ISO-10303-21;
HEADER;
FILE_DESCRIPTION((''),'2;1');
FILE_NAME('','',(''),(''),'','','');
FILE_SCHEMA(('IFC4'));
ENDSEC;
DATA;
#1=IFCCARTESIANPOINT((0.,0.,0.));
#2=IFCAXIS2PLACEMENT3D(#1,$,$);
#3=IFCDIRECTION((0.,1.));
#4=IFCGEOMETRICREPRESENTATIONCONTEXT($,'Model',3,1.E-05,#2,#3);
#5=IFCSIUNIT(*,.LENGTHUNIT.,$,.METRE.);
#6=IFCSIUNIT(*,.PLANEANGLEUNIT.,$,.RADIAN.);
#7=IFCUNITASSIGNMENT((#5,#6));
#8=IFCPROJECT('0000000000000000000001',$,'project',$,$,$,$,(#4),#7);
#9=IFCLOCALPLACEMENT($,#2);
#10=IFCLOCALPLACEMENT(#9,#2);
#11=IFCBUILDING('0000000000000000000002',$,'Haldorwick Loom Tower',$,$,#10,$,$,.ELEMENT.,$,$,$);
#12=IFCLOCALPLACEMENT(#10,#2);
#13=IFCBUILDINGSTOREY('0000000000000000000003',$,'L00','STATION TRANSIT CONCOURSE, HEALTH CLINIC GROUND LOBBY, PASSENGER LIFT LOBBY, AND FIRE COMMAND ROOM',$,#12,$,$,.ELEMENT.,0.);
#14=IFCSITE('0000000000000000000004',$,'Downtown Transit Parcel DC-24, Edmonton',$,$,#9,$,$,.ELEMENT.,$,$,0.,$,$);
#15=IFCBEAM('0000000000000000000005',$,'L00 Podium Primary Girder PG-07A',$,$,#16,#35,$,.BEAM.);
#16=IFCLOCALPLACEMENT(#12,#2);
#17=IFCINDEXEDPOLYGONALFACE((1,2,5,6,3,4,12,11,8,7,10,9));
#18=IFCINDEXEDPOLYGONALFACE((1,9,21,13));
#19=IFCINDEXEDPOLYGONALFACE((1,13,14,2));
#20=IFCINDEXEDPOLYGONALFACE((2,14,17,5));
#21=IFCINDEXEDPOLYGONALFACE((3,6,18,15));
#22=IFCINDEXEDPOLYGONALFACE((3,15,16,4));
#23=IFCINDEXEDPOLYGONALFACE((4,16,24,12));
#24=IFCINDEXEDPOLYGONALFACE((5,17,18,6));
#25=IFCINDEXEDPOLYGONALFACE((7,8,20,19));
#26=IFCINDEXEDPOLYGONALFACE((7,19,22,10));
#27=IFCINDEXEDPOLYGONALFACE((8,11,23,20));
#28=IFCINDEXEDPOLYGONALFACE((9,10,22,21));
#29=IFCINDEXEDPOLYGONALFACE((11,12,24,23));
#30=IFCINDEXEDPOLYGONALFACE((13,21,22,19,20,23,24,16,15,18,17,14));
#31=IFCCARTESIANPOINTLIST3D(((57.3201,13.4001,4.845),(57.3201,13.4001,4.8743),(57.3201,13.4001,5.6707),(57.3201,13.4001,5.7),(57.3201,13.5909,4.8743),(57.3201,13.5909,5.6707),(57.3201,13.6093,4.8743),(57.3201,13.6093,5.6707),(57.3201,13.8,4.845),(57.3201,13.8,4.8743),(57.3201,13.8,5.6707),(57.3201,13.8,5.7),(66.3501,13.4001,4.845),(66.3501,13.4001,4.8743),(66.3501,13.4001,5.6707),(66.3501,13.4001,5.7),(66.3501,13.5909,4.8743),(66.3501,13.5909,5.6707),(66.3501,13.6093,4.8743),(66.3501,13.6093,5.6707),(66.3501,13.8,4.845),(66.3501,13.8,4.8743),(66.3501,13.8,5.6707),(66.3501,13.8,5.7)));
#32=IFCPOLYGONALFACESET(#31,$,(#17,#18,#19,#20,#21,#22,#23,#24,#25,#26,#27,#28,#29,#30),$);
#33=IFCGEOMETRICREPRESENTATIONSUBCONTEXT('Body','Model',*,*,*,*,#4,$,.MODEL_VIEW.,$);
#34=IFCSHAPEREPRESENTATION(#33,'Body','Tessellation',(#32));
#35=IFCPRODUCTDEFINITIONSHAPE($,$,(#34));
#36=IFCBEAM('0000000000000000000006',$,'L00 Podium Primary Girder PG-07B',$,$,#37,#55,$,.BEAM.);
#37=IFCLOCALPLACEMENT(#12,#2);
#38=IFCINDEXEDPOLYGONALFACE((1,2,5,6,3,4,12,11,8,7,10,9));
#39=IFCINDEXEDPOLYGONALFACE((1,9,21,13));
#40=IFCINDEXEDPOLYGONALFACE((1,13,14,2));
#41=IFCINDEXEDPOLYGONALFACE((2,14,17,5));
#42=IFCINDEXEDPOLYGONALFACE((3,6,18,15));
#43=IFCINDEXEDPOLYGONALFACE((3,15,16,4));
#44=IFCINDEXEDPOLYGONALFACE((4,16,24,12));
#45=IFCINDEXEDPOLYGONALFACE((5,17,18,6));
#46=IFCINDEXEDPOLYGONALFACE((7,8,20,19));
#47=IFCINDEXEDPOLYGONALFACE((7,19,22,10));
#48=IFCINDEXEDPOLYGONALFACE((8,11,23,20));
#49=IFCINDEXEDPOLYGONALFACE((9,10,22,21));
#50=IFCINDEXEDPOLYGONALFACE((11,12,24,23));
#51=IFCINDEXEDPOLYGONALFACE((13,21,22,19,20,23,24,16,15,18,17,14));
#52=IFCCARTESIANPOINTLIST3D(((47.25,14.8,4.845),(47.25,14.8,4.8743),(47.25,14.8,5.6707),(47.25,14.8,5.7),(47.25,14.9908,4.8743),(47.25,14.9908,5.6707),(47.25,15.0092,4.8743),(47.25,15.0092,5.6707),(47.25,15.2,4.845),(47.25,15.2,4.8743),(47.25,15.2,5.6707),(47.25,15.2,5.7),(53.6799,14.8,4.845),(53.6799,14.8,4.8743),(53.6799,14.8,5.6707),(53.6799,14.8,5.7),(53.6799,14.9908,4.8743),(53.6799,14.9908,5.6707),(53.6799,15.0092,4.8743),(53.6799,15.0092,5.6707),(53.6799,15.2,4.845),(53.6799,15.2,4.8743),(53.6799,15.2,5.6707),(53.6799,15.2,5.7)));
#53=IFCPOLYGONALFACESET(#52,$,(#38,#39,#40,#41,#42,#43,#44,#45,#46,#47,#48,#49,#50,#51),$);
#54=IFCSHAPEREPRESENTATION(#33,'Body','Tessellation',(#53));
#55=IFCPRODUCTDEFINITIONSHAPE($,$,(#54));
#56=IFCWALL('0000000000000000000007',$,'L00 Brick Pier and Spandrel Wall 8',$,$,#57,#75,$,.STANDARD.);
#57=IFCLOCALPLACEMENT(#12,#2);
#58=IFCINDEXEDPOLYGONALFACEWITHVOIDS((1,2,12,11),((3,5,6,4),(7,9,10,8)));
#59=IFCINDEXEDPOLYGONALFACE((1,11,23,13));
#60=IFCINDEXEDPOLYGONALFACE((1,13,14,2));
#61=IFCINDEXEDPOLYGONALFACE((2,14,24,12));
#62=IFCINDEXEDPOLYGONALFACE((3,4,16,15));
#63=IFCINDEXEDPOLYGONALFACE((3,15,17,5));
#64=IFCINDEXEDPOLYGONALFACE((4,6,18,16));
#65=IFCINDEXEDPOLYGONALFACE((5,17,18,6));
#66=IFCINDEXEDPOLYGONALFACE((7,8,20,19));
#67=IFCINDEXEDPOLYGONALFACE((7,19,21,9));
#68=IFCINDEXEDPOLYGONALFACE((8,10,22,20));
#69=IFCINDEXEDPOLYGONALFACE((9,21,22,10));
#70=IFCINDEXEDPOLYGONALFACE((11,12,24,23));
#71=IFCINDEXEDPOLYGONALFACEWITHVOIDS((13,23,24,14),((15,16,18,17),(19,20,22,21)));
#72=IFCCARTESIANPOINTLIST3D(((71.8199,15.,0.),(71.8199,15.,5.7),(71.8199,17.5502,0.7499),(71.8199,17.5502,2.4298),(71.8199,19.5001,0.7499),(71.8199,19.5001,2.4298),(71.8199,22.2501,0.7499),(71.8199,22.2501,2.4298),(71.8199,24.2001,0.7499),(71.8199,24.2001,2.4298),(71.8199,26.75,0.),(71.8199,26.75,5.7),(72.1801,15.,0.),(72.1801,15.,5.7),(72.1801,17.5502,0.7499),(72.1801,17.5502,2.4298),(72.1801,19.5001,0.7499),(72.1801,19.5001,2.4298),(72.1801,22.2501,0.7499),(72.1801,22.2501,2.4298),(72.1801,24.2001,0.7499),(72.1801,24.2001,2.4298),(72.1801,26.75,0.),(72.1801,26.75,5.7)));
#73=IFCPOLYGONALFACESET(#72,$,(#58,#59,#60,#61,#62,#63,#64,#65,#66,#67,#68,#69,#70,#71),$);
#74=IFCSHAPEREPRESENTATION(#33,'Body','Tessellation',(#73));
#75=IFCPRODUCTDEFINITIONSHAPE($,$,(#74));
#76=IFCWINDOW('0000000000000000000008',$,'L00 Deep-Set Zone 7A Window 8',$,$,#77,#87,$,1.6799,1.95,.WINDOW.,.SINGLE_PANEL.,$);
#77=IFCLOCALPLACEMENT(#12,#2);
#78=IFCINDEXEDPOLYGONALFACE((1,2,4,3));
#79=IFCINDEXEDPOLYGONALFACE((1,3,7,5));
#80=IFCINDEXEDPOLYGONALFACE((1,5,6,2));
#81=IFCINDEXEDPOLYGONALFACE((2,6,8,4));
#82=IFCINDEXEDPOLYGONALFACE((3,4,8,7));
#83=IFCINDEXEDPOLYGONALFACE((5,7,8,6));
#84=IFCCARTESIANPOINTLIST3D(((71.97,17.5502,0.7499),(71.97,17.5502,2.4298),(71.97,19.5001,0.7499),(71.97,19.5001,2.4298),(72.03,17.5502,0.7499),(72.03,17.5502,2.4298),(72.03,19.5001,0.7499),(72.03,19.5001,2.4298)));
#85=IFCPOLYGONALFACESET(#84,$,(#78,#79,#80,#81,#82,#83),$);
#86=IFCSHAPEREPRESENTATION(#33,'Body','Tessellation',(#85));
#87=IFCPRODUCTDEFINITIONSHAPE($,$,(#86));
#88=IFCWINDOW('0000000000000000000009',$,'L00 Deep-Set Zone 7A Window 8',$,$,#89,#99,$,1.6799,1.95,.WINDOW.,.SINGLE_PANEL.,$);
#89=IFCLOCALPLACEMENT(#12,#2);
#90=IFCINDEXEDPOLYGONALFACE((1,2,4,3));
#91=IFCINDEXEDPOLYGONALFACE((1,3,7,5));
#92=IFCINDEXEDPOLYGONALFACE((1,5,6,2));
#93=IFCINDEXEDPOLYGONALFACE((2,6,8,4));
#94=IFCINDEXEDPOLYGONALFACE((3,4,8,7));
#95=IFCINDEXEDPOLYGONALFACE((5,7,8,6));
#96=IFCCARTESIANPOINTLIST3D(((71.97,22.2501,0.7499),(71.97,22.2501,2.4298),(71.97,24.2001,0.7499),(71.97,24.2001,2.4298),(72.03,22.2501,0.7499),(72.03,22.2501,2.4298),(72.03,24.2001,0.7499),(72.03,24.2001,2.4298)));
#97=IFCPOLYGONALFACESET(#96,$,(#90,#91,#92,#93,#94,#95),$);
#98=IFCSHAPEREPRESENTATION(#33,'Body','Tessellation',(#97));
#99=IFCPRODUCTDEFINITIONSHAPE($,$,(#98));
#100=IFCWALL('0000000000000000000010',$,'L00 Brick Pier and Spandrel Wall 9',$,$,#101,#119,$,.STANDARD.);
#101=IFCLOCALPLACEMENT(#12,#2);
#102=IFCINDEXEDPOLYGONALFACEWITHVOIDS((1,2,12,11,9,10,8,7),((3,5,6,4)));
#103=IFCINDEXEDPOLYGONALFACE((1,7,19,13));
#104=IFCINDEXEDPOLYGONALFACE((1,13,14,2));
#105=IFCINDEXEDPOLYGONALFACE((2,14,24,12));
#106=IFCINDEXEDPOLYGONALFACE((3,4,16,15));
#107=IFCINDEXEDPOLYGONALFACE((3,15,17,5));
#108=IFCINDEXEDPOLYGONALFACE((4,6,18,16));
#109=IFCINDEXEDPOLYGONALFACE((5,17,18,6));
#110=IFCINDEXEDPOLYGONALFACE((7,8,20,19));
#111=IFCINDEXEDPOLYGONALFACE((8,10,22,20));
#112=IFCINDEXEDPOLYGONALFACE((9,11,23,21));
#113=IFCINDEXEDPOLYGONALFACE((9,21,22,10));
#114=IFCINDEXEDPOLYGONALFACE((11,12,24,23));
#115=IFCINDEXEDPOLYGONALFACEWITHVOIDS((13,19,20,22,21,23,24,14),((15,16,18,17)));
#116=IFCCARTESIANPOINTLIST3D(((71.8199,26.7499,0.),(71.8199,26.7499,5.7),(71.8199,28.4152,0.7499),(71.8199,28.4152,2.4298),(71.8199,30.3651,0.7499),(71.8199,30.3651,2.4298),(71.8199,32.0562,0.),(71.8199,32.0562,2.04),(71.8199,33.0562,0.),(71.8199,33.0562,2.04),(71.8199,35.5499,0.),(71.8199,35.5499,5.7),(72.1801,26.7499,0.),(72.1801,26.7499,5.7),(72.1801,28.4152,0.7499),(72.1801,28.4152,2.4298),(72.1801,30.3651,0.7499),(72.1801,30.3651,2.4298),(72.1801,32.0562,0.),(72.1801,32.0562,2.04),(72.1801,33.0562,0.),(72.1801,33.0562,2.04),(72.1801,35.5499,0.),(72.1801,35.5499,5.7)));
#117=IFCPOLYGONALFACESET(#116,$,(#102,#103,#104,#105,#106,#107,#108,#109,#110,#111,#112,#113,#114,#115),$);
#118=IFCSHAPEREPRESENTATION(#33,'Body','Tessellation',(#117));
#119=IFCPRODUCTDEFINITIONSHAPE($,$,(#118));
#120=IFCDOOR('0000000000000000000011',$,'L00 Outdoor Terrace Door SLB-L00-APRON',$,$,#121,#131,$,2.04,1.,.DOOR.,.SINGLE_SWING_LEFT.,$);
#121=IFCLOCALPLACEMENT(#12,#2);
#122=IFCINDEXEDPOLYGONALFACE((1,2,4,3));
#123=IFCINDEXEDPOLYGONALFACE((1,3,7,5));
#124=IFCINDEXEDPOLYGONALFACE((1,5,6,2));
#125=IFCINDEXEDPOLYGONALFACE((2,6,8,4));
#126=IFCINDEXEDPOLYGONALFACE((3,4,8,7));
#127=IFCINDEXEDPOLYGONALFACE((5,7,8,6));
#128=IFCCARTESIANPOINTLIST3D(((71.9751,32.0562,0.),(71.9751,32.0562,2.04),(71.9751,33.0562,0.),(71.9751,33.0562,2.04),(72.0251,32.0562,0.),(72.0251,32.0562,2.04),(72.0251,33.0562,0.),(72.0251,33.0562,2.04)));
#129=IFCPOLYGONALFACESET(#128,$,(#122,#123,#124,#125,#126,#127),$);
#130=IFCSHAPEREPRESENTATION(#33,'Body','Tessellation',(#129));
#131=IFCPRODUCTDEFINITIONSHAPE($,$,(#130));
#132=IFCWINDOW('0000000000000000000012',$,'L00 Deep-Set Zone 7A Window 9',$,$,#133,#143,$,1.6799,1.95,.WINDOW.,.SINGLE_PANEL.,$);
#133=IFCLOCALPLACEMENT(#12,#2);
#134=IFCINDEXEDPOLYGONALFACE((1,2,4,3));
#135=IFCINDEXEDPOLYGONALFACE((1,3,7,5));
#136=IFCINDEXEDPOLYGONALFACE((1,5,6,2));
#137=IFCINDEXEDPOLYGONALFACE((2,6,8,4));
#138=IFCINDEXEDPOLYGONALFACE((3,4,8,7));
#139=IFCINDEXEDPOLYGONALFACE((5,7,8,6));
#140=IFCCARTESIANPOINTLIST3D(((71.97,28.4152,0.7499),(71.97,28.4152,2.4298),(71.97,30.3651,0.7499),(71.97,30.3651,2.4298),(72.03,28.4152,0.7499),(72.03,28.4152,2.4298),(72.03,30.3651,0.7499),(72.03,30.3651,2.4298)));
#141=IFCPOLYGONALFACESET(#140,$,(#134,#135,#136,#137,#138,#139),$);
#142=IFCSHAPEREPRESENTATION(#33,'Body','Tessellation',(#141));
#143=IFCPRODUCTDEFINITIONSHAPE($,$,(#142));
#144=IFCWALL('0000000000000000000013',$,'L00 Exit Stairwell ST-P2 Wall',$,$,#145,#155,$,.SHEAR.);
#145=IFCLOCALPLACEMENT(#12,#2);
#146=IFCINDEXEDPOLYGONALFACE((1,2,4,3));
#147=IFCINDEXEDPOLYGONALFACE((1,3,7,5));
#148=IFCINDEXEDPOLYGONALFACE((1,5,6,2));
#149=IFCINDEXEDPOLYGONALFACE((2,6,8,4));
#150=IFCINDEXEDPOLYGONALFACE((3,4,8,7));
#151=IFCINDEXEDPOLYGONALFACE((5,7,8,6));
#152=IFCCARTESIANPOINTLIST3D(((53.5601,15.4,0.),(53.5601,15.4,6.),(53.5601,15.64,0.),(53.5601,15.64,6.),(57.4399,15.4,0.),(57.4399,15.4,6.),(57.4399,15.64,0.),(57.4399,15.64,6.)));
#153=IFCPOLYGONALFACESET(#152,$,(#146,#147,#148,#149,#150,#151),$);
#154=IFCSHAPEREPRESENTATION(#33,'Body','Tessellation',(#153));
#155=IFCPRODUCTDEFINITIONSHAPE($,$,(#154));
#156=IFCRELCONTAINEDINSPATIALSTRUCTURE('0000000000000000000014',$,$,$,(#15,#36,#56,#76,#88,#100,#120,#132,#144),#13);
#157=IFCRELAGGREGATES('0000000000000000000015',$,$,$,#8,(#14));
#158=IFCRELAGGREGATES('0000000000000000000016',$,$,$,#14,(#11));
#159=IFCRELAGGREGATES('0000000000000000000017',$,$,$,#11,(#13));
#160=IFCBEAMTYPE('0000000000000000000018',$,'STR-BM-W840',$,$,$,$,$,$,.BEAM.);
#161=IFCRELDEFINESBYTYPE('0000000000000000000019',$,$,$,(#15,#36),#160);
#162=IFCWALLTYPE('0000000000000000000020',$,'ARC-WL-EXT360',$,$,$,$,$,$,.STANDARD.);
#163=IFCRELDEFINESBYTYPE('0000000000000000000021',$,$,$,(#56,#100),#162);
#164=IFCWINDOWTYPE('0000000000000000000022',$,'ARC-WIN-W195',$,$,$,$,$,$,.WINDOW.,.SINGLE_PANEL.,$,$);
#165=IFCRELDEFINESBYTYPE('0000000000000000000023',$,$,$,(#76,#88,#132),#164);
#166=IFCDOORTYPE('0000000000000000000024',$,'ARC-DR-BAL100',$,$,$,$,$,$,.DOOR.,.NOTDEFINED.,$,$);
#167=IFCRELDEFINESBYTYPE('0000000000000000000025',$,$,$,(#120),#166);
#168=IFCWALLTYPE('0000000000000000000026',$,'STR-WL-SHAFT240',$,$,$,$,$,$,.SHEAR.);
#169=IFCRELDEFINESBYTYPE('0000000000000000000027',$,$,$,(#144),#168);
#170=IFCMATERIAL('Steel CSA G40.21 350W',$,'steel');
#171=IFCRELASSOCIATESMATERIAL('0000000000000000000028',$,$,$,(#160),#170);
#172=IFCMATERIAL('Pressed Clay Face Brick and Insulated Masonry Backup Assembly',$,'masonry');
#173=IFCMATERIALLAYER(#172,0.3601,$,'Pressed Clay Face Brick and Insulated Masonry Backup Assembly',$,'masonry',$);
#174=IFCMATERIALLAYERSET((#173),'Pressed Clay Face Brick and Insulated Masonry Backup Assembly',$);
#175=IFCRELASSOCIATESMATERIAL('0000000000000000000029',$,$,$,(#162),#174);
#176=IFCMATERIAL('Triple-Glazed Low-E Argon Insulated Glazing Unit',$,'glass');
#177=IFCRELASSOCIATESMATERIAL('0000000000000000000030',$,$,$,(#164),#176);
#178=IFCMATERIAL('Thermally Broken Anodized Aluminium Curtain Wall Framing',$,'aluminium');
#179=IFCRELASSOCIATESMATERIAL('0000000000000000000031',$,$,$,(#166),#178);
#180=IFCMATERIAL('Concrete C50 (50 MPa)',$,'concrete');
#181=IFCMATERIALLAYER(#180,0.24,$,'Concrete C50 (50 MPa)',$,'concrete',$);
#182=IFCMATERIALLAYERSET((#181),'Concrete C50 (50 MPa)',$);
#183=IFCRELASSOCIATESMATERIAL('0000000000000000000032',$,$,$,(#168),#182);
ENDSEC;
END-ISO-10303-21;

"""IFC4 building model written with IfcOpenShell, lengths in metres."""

from ifc_helpers import new_model, si_unit, direction, frame, frame_2d, origin, origin_2d, place, context, subcontext, project, spatial, rectangle, i_section, extrude, material, layer, layer_set, material_profile, profile_set, type_object, element, fill, save


model = new_model("IFC4")

# Units and contexts
model_context = context("Model", 3, precision=1e-05, world=origin(), true_north=direction((0.0, 1.0)))
body_context = subcontext(model_context, "Body", "Model", "MODEL_VIEW")
ifc_project = project(units=[si_unit("LENGTHUNIT", "METRE"), si_unit("PLANEANGLEUNIT", "RADIAN")], contexts=[model_context])

# Site, building, storey
site_placement = place(None, origin())
site = spatial("IfcSite", under=ifc_project, at=site_placement, Name="Downtown Transit Parcel DC-24, Edmonton", CompositionType="ELEMENT", RefElevation=0.0)
building_placement = place(site_placement, origin())
building = spatial("IfcBuilding", under=site, at=building_placement, Name="Haldorwick Loom Tower", CompositionType="ELEMENT")
storey_placement = place(building_placement, origin())
storey = spatial("IfcBuildingStorey", under=building, at=storey_placement, Name="L00", Description="STATION TRANSIT CONCOURSE, HEALTH CLINIC GROUND LOBBY, PASSENGER LIFT LOBBY, AND FIRE COMMAND ROOM", CompositionType="ELEMENT", Elevation=0.0)

# Shared definitions
ifc_material_1 = material(Name="Steel CSA G40.21 350W", Category="steel")

# Beams
ifc_material_profile_1 = material_profile(ifc_material_1, i_section(OverallWidth=0.3999, OverallDepth=0.855, WebThickness=0.0183, FlangeThickness=0.0293, at=origin_2d()), Name="W840X299", Category="steel")
ifc_profile_set_1 = profile_set([ifc_material_profile_1], Name="Steel CSA G40.21 350W")
beam_type_1 = type_object("IfcBeamType", Name="STR-BM-W840", PredefinedType="BEAM", material=ifc_profile_set_1)
beam_1_placement = place(storey_placement, frame((66.3501, 13.6001, 5.2725), z_axis=(-1.0, 0.0, 0.0), x_axis=(0.0, -1.0, 0.0)))
element("IfcBeam", 1, at=beam_1_placement, inside=storey, type_object=beam_type_1, Name="L00 Podium Primary Girder PG-07A", PredefinedType="BEAM", context=body_context, shape_type="SweptSolid", body=[
    extrude(i_section(OverallWidth=0.3999, OverallDepth=0.855, WebThickness=0.0183, FlangeThickness=0.0293, at=origin_2d()), origin(), (0.0, 0.0, 1.0), 9.03),
])
beam_2_placement = place(storey_placement, frame((53.6799, 15.0, 5.2725), z_axis=(-1.0, 0.0, 0.0), x_axis=(0.0, -1.0, 0.0)))
element("IfcBeam", 2, at=beam_2_placement, inside=storey, type_object=beam_type_1, Name="L00 Podium Primary Girder PG-07B", PredefinedType="BEAM", context=body_context, shape_type="SweptSolid", body=[
    extrude(i_section(OverallWidth=0.3999, OverallDepth=0.855, WebThickness=0.0183, FlangeThickness=0.0293, at=origin_2d()), origin(), (0.0, 0.0, 1.0), 6.4299),
])

# Wall, openings, windows
ifc_material_2 = material(Name="Pressed Clay Face Brick and Insulated Masonry Backup Assembly", Category="masonry")
ifc_layer_1 = layer(ifc_material_2, 0.3601, Name="Pressed Clay Face Brick and Insulated Masonry Backup Assembly", Category="masonry")
ifc_layer_set_1 = layer_set([ifc_layer_1], Name="Pressed Clay Face Brick and Insulated Masonry Backup Assembly")
wall_type_1 = type_object("IfcWallType", Name="ARC-WL-EXT360", PredefinedType="STANDARD", material=ifc_layer_set_1)
wall_1_placement = place(storey_placement, frame((72.0, 15.0, 0.0), z_axis=(0.0, 0.0, 1.0), x_axis=(0.0, 1.0, 0.0)))
wall_1 = element("IfcWall", 3, at=wall_1_placement, inside=storey, type_object=wall_type_1, Name="L00 Brick Pier and Spandrel Wall 8", PredefinedType="STANDARD", context=body_context, shape_type="SweptSolid", body=[
    extrude(rectangle(XDim=11.75, YDim=0.3601, at=frame_2d((5.875, 0.0))), origin(), (0.0, 0.0, 1.0), 5.7),
])
opening_1_placement = place(wall_1_placement, frame((2.55, 0.0, 0.75)))
opening_1 = element("IfcOpeningElement", 4, at=opening_1_placement, cuts=wall_1, PredefinedType="OPENING", context=body_context, shape_type="SweptSolid", body=[
    extrude(rectangle(XDim=1.95, YDim=1.6799, at=frame_2d((0.9751, 0.8398))), frame((0.0, 0.1899, 0.0), z_axis=(0.0, -1.0, 0.0), x_axis=(1.0, 0.0, 0.0)), (0.0, 0.0, 1.0), 0.3801),
])
opening_2_placement = place(wall_1_placement, frame((7.25, 0.0, 0.75)))
opening_2 = element("IfcOpeningElement", 5, at=opening_2_placement, cuts=wall_1, PredefinedType="OPENING", context=body_context, shape_type="SweptSolid", body=[
    extrude(rectangle(XDim=1.95, YDim=1.6799, at=frame_2d((0.9751, 0.8398))), frame((0.0, 0.1899, 0.0), z_axis=(0.0, -1.0, 0.0), x_axis=(1.0, 0.0, 0.0)), (0.0, 0.0, 1.0), 0.3801),
])
ifc_material_3 = material(Name="Triple-Glazed Low-E Argon Insulated Glazing Unit", Category="glass")
window_type = type_object("IfcWindowType", Name="ARC-WIN-W195", PartitioningType="SINGLE_PANEL", PredefinedType="WINDOW", material=ifc_material_3)
window_1_placement = place(opening_1_placement, origin())
window_1 = element("IfcWindow", 6, at=window_1_placement, inside=storey, type_object=window_type, Name="L00 Deep-Set Zone 7A Window 8", OverallHeight=1.6799, OverallWidth=1.95, PartitioningType="SINGLE_PANEL", PredefinedType="WINDOW", context=body_context, shape_type="SweptSolid", body=[
    extrude(rectangle(XDim=1.95, YDim=1.6799, at=frame_2d((0.9751, 0.8398))), frame((0.0, 0.03, 0.0), z_axis=(0.0, -1.0, 0.0), x_axis=(1.0, 0.0, 0.0)), (0.0, 0.0, 1.0), 0.0601),
])
fill(opening_1, window_1)
window_2_placement = place(opening_2_placement, origin())
window_2 = element("IfcWindow", 7, at=window_2_placement, inside=storey, type_object=window_type, Name="L00 Deep-Set Zone 7A Window 8", OverallHeight=1.6799, OverallWidth=1.95, PartitioningType="SINGLE_PANEL", PredefinedType="WINDOW", context=body_context, shape_type="SweptSolid", body=[
    extrude(rectangle(XDim=1.95, YDim=1.6799, at=frame_2d((0.9751, 0.8398))), frame((0.0, 0.03, 0.0), z_axis=(0.0, -1.0, 0.0), x_axis=(1.0, 0.0, 0.0)), (0.0, 0.0, 1.0), 0.0601),
])
fill(opening_2, window_2)

# Wall, openings, door, window
wall_2_placement = place(storey_placement, frame((72.0, 26.75, 0.0), z_axis=(0.0, 0.0, 1.0), x_axis=(0.0, 1.0, 0.0)))
wall_2 = element("IfcWall", 8, at=wall_2_placement, inside=storey, type_object=wall_type_1, Name="L00 Brick Pier and Spandrel Wall 9", PredefinedType="STANDARD", context=body_context, shape_type="SweptSolid", body=[
    extrude(rectangle(XDim=8.8, YDim=0.3601, at=frame_2d((4.3999, 0.0))), origin(), (0.0, 0.0, 1.0), 5.7),
])
opening_3_placement = place(wall_2_placement, frame((5.3062, 0.0, 0.0)))
opening_3 = element("IfcOpeningElement", 9, at=opening_3_placement, cuts=wall_2, PredefinedType="OPENING", context=body_context, shape_type="SweptSolid", body=[
    extrude(rectangle(XDim=1.0, YDim=2.04, at=frame_2d((0.5, 1.02))), frame((0.0, 0.1899, 0.0), z_axis=(0.0, -1.0, 0.0), x_axis=(1.0, 0.0, 0.0)), (0.0, 0.0, 1.0), 0.3801),
])
opening_4_placement = place(wall_2_placement, frame((1.665, 0.0, 0.75)))
opening_4 = element("IfcOpeningElement", 10, at=opening_4_placement, cuts=wall_2, PredefinedType="OPENING", context=body_context, shape_type="SweptSolid", body=[
    extrude(rectangle(XDim=1.95, YDim=1.6799, at=frame_2d((0.9751, 0.8398))), frame((0.0, 0.1899, 0.0), z_axis=(0.0, -1.0, 0.0), x_axis=(1.0, 0.0, 0.0)), (0.0, 0.0, 1.0), 0.3801),
])
ifc_material_4 = material(Name="Thermally Broken Anodized Aluminium Curtain Wall Framing", Category="aluminium")
door_type_1 = type_object("IfcDoorType", Name="ARC-DR-BAL100", OperationType="NOTDEFINED", PredefinedType="DOOR", material=ifc_material_4)
door_1_placement = place(opening_3_placement, origin())
door_1 = element("IfcDoor", 11, at=door_1_placement, inside=storey, type_object=door_type_1, Name="L00 Outdoor Terrace Door SLB-L00-APRON", OperationType="SINGLE_SWING_LEFT", OverallHeight=2.04, OverallWidth=1.0, PredefinedType="DOOR", context=body_context, shape_type="SweptSolid", body=[
    extrude(rectangle(XDim=1.0, YDim=2.04, at=frame_2d((0.5, 1.02))), frame((0.0, 0.0249, 0.0), z_axis=(0.0, -1.0, 0.0), x_axis=(1.0, 0.0, 0.0)), (0.0, 0.0, 1.0), 0.05),
])
fill(opening_3, door_1)
window_3_placement = place(opening_4_placement, origin())
window_3 = element("IfcWindow", 12, at=window_3_placement, inside=storey, type_object=window_type, Name="L00 Deep-Set Zone 7A Window 9", OverallHeight=1.6799, OverallWidth=1.95, PartitioningType="SINGLE_PANEL", PredefinedType="WINDOW", context=body_context, shape_type="SweptSolid", body=[
    extrude(rectangle(XDim=1.95, YDim=1.6799, at=frame_2d((0.9751, 0.8398))), frame((0.0, 0.03, 0.0), z_axis=(0.0, -1.0, 0.0), x_axis=(1.0, 0.0, 0.0)), (0.0, 0.0, 1.0), 0.0601),
])
fill(opening_4, window_3)

# Wall
ifc_material_5 = material(Name="Concrete C50 (50 MPa)", Category="concrete")
ifc_layer_2 = layer(ifc_material_5, 0.24, Name="Concrete C50 (50 MPa)", Category="concrete")
ifc_layer_set_2 = layer_set([ifc_layer_2], Name="Concrete C50 (50 MPa)")
wall_type_2 = type_object("IfcWallType", Name="STR-WL-SHAFT240", PredefinedType="SHEAR", material=ifc_layer_set_2)
wall_3_placement = place(storey_placement, frame((57.4399, 15.52, 0.0), z_axis=(0.0, 0.0, 1.0), x_axis=(-1.0, 0.0, 0.0)))
element("IfcWall", 13, at=wall_3_placement, inside=storey, type_object=wall_type_2, Name="L00 Exit Stairwell ST-P2 Wall", PredefinedType="SHEAR", context=body_context, shape_type="SweptSolid", body=[
    extrude(rectangle(XDim=3.8799, YDim=0.24, at=frame_2d((1.9399, 0.0))), origin(), (0.0, 0.0, 1.0), 6.0),
])

save(model, "model.ifc")
